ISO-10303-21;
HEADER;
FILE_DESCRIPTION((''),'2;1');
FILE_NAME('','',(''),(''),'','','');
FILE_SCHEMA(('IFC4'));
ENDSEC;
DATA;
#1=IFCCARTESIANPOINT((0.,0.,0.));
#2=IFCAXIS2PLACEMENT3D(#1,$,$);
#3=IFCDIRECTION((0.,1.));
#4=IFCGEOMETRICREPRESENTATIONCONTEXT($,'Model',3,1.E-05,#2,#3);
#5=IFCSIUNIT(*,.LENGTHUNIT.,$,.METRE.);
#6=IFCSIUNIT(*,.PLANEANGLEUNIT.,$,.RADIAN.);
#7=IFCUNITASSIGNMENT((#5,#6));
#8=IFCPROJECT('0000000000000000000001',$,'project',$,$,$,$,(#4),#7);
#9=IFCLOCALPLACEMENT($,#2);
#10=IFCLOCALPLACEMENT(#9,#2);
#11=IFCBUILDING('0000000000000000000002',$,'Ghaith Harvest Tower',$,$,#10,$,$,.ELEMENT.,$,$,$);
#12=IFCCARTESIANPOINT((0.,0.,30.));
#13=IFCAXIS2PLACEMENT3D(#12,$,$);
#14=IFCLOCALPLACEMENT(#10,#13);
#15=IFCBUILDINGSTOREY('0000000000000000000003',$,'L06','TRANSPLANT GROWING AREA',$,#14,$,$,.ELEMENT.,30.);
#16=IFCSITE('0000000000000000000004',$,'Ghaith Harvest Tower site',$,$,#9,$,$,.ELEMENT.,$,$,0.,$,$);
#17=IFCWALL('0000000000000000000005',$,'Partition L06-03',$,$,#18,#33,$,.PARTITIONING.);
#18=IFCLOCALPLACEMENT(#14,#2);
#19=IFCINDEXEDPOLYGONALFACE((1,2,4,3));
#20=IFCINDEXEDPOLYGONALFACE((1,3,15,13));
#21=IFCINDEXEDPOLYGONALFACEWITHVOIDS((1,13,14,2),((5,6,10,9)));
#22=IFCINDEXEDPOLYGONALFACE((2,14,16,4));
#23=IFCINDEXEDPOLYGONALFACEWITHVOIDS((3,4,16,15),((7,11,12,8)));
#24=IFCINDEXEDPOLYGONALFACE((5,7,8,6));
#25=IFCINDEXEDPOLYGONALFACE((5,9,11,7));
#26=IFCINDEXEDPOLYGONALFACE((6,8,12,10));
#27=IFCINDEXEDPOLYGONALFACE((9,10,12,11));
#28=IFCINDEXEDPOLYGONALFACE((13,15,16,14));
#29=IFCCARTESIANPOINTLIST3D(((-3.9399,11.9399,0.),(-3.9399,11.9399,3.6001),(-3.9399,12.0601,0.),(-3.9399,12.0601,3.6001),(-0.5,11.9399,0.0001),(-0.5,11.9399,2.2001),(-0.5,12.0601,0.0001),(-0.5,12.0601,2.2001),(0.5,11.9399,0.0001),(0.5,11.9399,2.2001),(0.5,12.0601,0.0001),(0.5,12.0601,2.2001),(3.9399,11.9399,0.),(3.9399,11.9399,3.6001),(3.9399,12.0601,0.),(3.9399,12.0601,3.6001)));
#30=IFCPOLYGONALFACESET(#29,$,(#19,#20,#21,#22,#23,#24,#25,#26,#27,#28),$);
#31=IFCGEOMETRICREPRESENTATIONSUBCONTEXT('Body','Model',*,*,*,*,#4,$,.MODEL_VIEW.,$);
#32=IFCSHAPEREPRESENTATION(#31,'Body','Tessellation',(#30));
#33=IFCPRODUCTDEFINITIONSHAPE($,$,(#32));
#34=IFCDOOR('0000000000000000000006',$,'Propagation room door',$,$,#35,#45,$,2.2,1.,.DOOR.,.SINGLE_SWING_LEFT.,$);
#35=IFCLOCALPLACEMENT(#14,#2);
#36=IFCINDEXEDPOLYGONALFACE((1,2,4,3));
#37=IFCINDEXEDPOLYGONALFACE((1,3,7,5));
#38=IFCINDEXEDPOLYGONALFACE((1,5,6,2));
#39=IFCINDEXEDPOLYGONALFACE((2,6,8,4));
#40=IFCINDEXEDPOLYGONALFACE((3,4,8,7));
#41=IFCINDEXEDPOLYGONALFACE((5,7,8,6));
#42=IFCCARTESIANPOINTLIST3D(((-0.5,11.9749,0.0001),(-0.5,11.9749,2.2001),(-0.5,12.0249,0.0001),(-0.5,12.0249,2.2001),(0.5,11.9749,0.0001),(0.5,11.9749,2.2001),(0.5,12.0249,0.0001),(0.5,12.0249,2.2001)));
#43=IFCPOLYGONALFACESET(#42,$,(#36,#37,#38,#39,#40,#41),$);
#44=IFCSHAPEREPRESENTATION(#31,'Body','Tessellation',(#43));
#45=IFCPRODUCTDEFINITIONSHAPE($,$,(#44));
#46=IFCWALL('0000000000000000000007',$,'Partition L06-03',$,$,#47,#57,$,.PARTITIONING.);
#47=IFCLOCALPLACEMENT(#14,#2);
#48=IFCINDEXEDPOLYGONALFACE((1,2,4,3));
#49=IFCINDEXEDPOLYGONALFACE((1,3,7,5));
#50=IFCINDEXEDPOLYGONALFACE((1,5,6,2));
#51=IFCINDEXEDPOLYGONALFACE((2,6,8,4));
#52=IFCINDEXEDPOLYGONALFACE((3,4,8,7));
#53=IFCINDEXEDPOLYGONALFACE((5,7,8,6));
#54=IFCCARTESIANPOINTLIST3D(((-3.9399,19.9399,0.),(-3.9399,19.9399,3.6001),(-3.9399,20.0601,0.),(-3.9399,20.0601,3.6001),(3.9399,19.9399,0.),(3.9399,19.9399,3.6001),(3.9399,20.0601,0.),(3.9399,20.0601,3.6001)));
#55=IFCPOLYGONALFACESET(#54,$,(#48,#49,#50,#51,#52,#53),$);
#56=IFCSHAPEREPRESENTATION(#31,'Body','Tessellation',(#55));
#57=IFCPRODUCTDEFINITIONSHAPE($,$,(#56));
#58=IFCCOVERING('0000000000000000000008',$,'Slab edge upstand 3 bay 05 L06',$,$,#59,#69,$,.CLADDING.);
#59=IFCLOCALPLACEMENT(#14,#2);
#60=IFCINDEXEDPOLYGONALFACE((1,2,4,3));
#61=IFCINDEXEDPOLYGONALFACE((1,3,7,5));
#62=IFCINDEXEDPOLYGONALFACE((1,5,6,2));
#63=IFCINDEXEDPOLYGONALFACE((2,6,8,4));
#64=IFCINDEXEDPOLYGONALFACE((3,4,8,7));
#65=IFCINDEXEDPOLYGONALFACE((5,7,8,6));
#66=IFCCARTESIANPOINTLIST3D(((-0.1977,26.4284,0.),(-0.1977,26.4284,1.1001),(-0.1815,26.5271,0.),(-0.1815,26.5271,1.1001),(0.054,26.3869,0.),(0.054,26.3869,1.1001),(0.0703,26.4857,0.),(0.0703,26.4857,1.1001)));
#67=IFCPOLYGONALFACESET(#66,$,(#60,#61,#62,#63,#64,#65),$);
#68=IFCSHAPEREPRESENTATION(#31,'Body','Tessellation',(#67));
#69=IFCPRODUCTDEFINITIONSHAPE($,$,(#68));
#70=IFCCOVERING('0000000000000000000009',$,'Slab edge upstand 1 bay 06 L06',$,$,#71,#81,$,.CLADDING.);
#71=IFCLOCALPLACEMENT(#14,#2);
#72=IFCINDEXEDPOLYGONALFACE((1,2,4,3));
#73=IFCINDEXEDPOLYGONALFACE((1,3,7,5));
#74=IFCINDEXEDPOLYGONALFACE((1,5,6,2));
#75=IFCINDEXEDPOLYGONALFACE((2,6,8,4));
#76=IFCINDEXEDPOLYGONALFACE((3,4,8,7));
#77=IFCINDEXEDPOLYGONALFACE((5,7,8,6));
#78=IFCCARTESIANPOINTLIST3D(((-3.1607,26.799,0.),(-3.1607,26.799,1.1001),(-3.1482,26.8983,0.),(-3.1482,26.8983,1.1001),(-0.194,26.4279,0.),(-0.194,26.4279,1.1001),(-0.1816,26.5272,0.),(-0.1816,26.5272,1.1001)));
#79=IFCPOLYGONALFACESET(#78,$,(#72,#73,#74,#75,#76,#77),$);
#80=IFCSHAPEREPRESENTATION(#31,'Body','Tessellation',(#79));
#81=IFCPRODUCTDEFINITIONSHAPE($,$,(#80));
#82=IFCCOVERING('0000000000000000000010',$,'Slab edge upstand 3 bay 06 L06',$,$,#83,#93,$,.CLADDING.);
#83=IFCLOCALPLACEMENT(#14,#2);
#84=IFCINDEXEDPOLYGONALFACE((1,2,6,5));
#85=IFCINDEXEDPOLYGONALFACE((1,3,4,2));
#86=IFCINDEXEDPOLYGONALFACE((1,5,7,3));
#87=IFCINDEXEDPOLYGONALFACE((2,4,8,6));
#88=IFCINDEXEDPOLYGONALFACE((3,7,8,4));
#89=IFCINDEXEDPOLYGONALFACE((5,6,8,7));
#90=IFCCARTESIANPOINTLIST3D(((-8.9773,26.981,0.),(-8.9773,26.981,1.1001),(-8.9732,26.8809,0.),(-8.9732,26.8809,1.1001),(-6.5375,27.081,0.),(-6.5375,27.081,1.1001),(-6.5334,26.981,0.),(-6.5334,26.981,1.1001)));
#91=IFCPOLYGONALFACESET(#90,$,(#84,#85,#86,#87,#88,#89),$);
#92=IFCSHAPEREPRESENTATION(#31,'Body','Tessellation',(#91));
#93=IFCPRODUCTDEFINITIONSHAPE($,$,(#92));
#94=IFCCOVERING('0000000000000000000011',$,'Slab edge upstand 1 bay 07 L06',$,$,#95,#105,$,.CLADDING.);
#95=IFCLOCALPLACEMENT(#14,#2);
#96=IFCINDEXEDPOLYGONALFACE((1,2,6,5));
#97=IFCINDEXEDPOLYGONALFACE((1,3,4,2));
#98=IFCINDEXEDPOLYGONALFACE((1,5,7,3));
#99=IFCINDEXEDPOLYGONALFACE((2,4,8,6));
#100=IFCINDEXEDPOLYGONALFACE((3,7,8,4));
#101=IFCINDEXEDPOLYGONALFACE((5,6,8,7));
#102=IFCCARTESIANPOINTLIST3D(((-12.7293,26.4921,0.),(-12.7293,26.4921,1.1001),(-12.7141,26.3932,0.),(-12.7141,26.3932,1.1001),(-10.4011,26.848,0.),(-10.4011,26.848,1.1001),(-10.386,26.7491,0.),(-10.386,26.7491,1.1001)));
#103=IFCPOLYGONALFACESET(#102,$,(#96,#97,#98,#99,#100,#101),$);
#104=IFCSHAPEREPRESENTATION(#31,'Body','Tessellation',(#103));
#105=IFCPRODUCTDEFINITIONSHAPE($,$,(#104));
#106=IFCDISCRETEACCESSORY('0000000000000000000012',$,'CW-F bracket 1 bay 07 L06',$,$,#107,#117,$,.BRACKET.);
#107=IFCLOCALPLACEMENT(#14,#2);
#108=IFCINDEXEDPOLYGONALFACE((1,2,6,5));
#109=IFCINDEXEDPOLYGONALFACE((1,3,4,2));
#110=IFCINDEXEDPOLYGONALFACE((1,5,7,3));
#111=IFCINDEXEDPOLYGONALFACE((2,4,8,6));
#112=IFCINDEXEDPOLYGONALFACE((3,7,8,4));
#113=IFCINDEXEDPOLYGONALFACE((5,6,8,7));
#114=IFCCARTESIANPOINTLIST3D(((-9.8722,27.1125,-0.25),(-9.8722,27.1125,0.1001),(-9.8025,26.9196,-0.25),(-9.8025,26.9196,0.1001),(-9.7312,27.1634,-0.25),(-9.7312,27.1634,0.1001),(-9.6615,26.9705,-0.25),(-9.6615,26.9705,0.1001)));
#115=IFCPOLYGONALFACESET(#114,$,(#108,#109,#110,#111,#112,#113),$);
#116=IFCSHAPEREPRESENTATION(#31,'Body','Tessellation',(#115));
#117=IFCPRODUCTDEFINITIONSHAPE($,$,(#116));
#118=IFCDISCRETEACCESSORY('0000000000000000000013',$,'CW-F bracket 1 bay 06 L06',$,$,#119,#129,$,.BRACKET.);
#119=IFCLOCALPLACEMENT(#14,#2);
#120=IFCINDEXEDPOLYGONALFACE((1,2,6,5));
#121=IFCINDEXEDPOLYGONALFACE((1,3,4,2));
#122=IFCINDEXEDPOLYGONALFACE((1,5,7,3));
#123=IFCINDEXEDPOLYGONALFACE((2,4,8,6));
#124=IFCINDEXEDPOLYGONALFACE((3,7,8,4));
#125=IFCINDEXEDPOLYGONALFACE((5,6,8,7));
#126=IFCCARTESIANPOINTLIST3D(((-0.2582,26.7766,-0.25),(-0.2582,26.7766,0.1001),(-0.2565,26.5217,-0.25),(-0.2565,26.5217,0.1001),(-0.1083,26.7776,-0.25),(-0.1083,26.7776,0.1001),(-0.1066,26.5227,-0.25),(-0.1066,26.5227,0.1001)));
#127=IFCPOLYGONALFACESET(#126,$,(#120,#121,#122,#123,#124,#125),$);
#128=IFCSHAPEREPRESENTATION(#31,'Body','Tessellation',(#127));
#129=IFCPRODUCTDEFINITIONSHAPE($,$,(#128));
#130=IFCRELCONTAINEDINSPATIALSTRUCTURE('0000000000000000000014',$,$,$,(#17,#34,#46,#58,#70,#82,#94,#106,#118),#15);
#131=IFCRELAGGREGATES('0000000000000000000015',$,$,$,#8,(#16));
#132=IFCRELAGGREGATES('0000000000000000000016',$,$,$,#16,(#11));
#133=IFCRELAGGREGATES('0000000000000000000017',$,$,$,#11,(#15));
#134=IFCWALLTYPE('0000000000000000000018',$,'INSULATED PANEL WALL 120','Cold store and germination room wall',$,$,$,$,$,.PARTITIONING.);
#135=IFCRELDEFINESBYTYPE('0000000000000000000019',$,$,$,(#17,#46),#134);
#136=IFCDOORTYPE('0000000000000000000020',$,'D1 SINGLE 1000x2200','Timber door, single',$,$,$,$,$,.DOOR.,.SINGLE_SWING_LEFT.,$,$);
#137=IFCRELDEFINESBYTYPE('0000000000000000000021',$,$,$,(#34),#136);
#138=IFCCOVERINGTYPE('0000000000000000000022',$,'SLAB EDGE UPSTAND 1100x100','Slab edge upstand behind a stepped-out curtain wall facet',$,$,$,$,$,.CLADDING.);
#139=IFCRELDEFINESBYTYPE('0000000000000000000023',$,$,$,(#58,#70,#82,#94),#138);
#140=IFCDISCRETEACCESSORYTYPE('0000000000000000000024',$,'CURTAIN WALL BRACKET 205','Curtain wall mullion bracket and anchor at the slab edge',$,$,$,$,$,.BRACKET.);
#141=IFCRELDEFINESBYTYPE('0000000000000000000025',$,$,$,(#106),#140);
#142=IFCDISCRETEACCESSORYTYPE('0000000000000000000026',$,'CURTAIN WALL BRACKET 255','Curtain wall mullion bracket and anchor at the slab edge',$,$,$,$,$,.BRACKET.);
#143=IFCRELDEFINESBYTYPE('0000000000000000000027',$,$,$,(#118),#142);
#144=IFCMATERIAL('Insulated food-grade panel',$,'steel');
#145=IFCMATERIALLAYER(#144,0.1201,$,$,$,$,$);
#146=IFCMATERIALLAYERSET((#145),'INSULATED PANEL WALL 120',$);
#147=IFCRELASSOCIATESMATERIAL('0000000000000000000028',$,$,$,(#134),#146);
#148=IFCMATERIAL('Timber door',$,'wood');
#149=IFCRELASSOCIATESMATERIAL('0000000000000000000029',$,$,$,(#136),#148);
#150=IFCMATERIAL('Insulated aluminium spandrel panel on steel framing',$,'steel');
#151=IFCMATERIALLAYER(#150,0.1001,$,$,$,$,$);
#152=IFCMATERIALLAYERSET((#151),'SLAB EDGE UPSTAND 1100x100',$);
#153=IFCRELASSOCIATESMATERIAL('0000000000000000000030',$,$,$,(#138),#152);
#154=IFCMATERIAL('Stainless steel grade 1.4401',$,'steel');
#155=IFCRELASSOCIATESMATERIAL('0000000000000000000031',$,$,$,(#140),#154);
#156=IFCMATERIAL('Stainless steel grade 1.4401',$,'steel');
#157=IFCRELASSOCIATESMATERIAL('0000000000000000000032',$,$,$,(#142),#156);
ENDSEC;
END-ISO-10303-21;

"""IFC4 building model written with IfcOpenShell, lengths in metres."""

from ifc_helpers import new_model, si_unit, direction, frame, frame_2d, origin, origin_2d, place, context, subcontext, project, spatial, rectangle, extrude, material, layer, layer_set, type_object, element, fill, save


model = new_model("IFC4")

# Units and contexts
model_context = context("Model", 3, precision=1e-05, world=origin(), true_north=direction((0.0, 1.0)))
body_context = subcontext(model_context, "Body", "Model", "MODEL_VIEW")
ifc_project = project(units=[si_unit("LENGTHUNIT", "METRE"), si_unit("PLANEANGLEUNIT", "RADIAN")], contexts=[model_context])

# Site, building, storey
site_placement = place(None, origin())
site = spatial("IfcSite", under=ifc_project, at=site_placement, Name="Ghaith Harvest Tower site", CompositionType="ELEMENT", RefElevation=0.0)
building_placement = place(site_placement, origin())
building = spatial("IfcBuilding", under=site, at=building_placement, Name="Ghaith Harvest Tower", CompositionType="ELEMENT")
storey_placement = place(building_placement, frame((0.0, 0.0, 30.0)))
storey = spatial("IfcBuildingStorey", under=building, at=storey_placement, Name="L06", Description="TRANSPLANT GROWING AREA", CompositionType="ELEMENT", Elevation=30.0)

# Shared definitions
ifc_material_1 = material(Name="Insulated food-grade panel", Category="steel")
ifc_layer_1 = layer(ifc_material_1, 0.1201)
ifc_layer_set_1 = layer_set([ifc_layer_1], Name="INSULATED PANEL WALL 120")
wall_type = type_object("IfcWallType", Name="INSULATED PANEL WALL 120", Description="Cold store and germination room wall", PredefinedType="PARTITIONING", material=ifc_layer_set_1)

# Shared definitions
ifc_material_2 = material(Name="Timber door", Category="wood")
door_type = type_object("IfcDoorType", Name="D1 SINGLE 1000x2200", Description="Timber door, single", OperationType="SINGLE_SWING_LEFT", PredefinedType="DOOR", material=ifc_material_2)

# Wall, opening, door
wall_1_placement = place(storey_placement, frame((-3.9399, 12.0, 0.0), z_axis=(0.0, 0.0, 1.0), x_axis=(1.0, 0.0, 0.0)))
wall_1 = element("IfcWall", 1, at=wall_1_placement, inside=storey, type_object=wall_type, Name="Partition L06-03", PredefinedType="PARTITIONING", context=body_context, shape_type="SweptSolid", body=[
    extrude(rectangle(XDim=7.8799, YDim=0.1201, at=frame_2d((3.9399, 0.0))), origin(), (0.0, 0.0, 1.0), 3.6001),
])
opening_1_placement = place(wall_1_placement, frame((3.4399, 0.0, 0.0)))
opening_1 = element("IfcOpeningElement", 2, at=opening_1_placement, cuts=wall_1, PredefinedType="OPENING", context=body_context, shape_type="SweptSolid", body=[
    extrude(rectangle(XDim=1.0, YDim=2.2, at=frame_2d((0.5, 1.1001))), frame((0.0, 0.0701, 0.0), z_axis=(0.0, -1.0, 0.0), x_axis=(1.0, 0.0, 0.0)), (0.0, 0.0, 1.0), 0.1401),
])
door_1_placement = place(opening_1_placement, origin())
door_1 = element("IfcDoor", 3, at=door_1_placement, inside=storey, type_object=door_type, Name="Propagation room door", OperationType="SINGLE_SWING_LEFT", OverallHeight=2.2, OverallWidth=1.0, PredefinedType="DOOR", context=body_context, shape_type="SweptSolid", body=[
    extrude(rectangle(XDim=1.0, YDim=2.2, at=frame_2d((0.5, 1.1001))), frame((0.0, 0.0249, 0.0), z_axis=(0.0, -1.0, 0.0), x_axis=(1.0, 0.0, 0.0)), (0.0, 0.0, 1.0), 0.05),
])
fill(opening_1, door_1)

# Wall
wall_2_placement = place(storey_placement, frame((-3.9399, 20.0, 0.0), z_axis=(0.0, 0.0, 1.0), x_axis=(1.0, 0.0, 0.0)))
element("IfcWall", 4, at=wall_2_placement, inside=storey, type_object=wall_type, Name="Partition L06-03", PredefinedType="PARTITIONING", context=body_context, shape_type="SweptSolid", body=[
    extrude(rectangle(XDim=7.8799, YDim=0.1201, at=frame_2d((3.9399, 0.0))), origin(), (0.0, 0.0, 1.0), 3.6001),
])

# Coverings
ifc_material_3 = material(Name="Insulated aluminium spandrel panel on steel framing", Category="steel")
ifc_layer_2 = layer(ifc_material_3, 0.1001)
ifc_layer_set_2 = layer_set([ifc_layer_2], Name="SLAB EDGE UPSTAND 1100x100")
covering_type = type_object("IfcCoveringType", Name="SLAB EDGE UPSTAND 1100x100", Description="Slab edge upstand behind a stepped-out curtain wall facet", PredefinedType="CLADDING", material=ifc_layer_set_2)
covering_1_placement = place(storey_placement, frame((-0.0637, 26.457, 0.0), z_axis=(0.0, 0.0, 1.0), x_axis=(-0.986716, 0.162453, 0.0)))
element("IfcCovering", 5, at=covering_1_placement, inside=storey, type_object=covering_type, Name="Slab edge upstand 3 bay 05 L06", PredefinedType="CLADDING", context=body_context, shape_type="SweptSolid", body=[
    extrude(rectangle(XDim=0.2551, YDim=0.1001, at=origin_2d()), origin(), (0.0, 0.0, 1.0), 1.1001),
])
covering_2_placement = place(storey_placement, frame((-1.6711, 26.6631, 0.0), z_axis=(0.0, 0.0, 1.0), x_axis=(-0.992265, 0.124139, 0.0)))
element("IfcCovering", 6, at=covering_2_placement, inside=storey, type_object=covering_type, Name="Slab edge upstand 1 bay 06 L06", PredefinedType="CLADDING", context=body_context, shape_type="SweptSolid", body=[
    extrude(rectangle(XDim=2.9897, YDim=0.1001, at=origin_2d()), origin(), (0.0, 0.0, 1.0), 1.1001),
])
covering_3_placement = place(storey_placement, frame((-7.7554, 26.981, 0.0), z_axis=(0.0, 0.0, 1.0), x_axis=(-0.999161, -0.040957, 0.0)))
element("IfcCovering", 7, at=covering_3_placement, inside=storey, type_object=covering_type, Name="Slab edge upstand 3 bay 06 L06", PredefinedType="CLADDING", context=body_context, shape_type="SweptSolid", body=[
    extrude(rectangle(XDim=2.4419, YDim=0.1001, at=origin_2d()), origin(), (0.0, 0.0, 1.0), 1.1001),
])
covering_4_placement = place(storey_placement, frame((-11.5576, 26.6206, 0.0), z_axis=(0.0, 0.0, 1.0), x_axis=(-0.988518, -0.151104, 0.0)))
element("IfcCovering", 8, at=covering_4_placement, inside=storey, type_object=covering_type, Name="Slab edge upstand 1 bay 07 L06", PredefinedType="CLADDING", context=body_context, shape_type="SweptSolid", body=[
    extrude(rectangle(XDim=2.3552, YDim=0.1001, at=origin_2d()), origin(), (0.0, 0.0, 1.0), 1.1001),
])

# Discrete accessories
ifc_material_4 = material(Name="Stainless steel grade 1.4401", Category="steel")
discrete_accessory_type_1 = type_object("IfcDiscreteAccessoryType", Name="CURTAIN WALL BRACKET 205", Description="Curtain wall mullion bracket and anchor at the slab edge", PredefinedType="BRACKET", material=ifc_material_4)
discrete_accessory_1_placement = place(storey_placement, frame((-9.7668, 27.0415, -0.25), z_axis=(0.0, 0.0, 1.0), x_axis=(-0.339699, 0.940534, 0.0)))
element("IfcDiscreteAccessory", 9, at=discrete_accessory_1_placement, inside=storey, type_object=discrete_accessory_type_1, Name="CW-F bracket 1 bay 07 L06", PredefinedType="BRACKET", context=body_context, shape_type="SweptSolid", body=[
    extrude(rectangle(XDim=0.2051, YDim=0.1499, at=origin_2d()), origin(), (0.0, 0.0, 1.0), 0.3501),
])
ifc_material_5 = material(Name="Stainless steel grade 1.4401", Category="steel")
discrete_accessory_type_2 = type_object("IfcDiscreteAccessoryType", Name="CURTAIN WALL BRACKET 255", Description="Curtain wall mullion bracket and anchor at the slab edge", PredefinedType="BRACKET", material=ifc_material_5)
discrete_accessory_2_placement = place(storey_placement, frame((-0.1824, 26.6497, -0.25), z_axis=(0.0, 0.0, 1.0), x_axis=(-0.006844, 0.999977, 0.0)))
element("IfcDiscreteAccessory", 10, at=discrete_accessory_2_placement, inside=storey, type_object=discrete_accessory_type_2, Name="CW-F bracket 1 bay 06 L06", PredefinedType="BRACKET", context=body_context, shape_type="SweptSolid", body=[
    extrude(rectangle(XDim=0.2549, YDim=0.1499, at=origin_2d()), origin(), (0.0, 0.0, 1.0), 0.3501),
])

save(model, "model.ifc")
